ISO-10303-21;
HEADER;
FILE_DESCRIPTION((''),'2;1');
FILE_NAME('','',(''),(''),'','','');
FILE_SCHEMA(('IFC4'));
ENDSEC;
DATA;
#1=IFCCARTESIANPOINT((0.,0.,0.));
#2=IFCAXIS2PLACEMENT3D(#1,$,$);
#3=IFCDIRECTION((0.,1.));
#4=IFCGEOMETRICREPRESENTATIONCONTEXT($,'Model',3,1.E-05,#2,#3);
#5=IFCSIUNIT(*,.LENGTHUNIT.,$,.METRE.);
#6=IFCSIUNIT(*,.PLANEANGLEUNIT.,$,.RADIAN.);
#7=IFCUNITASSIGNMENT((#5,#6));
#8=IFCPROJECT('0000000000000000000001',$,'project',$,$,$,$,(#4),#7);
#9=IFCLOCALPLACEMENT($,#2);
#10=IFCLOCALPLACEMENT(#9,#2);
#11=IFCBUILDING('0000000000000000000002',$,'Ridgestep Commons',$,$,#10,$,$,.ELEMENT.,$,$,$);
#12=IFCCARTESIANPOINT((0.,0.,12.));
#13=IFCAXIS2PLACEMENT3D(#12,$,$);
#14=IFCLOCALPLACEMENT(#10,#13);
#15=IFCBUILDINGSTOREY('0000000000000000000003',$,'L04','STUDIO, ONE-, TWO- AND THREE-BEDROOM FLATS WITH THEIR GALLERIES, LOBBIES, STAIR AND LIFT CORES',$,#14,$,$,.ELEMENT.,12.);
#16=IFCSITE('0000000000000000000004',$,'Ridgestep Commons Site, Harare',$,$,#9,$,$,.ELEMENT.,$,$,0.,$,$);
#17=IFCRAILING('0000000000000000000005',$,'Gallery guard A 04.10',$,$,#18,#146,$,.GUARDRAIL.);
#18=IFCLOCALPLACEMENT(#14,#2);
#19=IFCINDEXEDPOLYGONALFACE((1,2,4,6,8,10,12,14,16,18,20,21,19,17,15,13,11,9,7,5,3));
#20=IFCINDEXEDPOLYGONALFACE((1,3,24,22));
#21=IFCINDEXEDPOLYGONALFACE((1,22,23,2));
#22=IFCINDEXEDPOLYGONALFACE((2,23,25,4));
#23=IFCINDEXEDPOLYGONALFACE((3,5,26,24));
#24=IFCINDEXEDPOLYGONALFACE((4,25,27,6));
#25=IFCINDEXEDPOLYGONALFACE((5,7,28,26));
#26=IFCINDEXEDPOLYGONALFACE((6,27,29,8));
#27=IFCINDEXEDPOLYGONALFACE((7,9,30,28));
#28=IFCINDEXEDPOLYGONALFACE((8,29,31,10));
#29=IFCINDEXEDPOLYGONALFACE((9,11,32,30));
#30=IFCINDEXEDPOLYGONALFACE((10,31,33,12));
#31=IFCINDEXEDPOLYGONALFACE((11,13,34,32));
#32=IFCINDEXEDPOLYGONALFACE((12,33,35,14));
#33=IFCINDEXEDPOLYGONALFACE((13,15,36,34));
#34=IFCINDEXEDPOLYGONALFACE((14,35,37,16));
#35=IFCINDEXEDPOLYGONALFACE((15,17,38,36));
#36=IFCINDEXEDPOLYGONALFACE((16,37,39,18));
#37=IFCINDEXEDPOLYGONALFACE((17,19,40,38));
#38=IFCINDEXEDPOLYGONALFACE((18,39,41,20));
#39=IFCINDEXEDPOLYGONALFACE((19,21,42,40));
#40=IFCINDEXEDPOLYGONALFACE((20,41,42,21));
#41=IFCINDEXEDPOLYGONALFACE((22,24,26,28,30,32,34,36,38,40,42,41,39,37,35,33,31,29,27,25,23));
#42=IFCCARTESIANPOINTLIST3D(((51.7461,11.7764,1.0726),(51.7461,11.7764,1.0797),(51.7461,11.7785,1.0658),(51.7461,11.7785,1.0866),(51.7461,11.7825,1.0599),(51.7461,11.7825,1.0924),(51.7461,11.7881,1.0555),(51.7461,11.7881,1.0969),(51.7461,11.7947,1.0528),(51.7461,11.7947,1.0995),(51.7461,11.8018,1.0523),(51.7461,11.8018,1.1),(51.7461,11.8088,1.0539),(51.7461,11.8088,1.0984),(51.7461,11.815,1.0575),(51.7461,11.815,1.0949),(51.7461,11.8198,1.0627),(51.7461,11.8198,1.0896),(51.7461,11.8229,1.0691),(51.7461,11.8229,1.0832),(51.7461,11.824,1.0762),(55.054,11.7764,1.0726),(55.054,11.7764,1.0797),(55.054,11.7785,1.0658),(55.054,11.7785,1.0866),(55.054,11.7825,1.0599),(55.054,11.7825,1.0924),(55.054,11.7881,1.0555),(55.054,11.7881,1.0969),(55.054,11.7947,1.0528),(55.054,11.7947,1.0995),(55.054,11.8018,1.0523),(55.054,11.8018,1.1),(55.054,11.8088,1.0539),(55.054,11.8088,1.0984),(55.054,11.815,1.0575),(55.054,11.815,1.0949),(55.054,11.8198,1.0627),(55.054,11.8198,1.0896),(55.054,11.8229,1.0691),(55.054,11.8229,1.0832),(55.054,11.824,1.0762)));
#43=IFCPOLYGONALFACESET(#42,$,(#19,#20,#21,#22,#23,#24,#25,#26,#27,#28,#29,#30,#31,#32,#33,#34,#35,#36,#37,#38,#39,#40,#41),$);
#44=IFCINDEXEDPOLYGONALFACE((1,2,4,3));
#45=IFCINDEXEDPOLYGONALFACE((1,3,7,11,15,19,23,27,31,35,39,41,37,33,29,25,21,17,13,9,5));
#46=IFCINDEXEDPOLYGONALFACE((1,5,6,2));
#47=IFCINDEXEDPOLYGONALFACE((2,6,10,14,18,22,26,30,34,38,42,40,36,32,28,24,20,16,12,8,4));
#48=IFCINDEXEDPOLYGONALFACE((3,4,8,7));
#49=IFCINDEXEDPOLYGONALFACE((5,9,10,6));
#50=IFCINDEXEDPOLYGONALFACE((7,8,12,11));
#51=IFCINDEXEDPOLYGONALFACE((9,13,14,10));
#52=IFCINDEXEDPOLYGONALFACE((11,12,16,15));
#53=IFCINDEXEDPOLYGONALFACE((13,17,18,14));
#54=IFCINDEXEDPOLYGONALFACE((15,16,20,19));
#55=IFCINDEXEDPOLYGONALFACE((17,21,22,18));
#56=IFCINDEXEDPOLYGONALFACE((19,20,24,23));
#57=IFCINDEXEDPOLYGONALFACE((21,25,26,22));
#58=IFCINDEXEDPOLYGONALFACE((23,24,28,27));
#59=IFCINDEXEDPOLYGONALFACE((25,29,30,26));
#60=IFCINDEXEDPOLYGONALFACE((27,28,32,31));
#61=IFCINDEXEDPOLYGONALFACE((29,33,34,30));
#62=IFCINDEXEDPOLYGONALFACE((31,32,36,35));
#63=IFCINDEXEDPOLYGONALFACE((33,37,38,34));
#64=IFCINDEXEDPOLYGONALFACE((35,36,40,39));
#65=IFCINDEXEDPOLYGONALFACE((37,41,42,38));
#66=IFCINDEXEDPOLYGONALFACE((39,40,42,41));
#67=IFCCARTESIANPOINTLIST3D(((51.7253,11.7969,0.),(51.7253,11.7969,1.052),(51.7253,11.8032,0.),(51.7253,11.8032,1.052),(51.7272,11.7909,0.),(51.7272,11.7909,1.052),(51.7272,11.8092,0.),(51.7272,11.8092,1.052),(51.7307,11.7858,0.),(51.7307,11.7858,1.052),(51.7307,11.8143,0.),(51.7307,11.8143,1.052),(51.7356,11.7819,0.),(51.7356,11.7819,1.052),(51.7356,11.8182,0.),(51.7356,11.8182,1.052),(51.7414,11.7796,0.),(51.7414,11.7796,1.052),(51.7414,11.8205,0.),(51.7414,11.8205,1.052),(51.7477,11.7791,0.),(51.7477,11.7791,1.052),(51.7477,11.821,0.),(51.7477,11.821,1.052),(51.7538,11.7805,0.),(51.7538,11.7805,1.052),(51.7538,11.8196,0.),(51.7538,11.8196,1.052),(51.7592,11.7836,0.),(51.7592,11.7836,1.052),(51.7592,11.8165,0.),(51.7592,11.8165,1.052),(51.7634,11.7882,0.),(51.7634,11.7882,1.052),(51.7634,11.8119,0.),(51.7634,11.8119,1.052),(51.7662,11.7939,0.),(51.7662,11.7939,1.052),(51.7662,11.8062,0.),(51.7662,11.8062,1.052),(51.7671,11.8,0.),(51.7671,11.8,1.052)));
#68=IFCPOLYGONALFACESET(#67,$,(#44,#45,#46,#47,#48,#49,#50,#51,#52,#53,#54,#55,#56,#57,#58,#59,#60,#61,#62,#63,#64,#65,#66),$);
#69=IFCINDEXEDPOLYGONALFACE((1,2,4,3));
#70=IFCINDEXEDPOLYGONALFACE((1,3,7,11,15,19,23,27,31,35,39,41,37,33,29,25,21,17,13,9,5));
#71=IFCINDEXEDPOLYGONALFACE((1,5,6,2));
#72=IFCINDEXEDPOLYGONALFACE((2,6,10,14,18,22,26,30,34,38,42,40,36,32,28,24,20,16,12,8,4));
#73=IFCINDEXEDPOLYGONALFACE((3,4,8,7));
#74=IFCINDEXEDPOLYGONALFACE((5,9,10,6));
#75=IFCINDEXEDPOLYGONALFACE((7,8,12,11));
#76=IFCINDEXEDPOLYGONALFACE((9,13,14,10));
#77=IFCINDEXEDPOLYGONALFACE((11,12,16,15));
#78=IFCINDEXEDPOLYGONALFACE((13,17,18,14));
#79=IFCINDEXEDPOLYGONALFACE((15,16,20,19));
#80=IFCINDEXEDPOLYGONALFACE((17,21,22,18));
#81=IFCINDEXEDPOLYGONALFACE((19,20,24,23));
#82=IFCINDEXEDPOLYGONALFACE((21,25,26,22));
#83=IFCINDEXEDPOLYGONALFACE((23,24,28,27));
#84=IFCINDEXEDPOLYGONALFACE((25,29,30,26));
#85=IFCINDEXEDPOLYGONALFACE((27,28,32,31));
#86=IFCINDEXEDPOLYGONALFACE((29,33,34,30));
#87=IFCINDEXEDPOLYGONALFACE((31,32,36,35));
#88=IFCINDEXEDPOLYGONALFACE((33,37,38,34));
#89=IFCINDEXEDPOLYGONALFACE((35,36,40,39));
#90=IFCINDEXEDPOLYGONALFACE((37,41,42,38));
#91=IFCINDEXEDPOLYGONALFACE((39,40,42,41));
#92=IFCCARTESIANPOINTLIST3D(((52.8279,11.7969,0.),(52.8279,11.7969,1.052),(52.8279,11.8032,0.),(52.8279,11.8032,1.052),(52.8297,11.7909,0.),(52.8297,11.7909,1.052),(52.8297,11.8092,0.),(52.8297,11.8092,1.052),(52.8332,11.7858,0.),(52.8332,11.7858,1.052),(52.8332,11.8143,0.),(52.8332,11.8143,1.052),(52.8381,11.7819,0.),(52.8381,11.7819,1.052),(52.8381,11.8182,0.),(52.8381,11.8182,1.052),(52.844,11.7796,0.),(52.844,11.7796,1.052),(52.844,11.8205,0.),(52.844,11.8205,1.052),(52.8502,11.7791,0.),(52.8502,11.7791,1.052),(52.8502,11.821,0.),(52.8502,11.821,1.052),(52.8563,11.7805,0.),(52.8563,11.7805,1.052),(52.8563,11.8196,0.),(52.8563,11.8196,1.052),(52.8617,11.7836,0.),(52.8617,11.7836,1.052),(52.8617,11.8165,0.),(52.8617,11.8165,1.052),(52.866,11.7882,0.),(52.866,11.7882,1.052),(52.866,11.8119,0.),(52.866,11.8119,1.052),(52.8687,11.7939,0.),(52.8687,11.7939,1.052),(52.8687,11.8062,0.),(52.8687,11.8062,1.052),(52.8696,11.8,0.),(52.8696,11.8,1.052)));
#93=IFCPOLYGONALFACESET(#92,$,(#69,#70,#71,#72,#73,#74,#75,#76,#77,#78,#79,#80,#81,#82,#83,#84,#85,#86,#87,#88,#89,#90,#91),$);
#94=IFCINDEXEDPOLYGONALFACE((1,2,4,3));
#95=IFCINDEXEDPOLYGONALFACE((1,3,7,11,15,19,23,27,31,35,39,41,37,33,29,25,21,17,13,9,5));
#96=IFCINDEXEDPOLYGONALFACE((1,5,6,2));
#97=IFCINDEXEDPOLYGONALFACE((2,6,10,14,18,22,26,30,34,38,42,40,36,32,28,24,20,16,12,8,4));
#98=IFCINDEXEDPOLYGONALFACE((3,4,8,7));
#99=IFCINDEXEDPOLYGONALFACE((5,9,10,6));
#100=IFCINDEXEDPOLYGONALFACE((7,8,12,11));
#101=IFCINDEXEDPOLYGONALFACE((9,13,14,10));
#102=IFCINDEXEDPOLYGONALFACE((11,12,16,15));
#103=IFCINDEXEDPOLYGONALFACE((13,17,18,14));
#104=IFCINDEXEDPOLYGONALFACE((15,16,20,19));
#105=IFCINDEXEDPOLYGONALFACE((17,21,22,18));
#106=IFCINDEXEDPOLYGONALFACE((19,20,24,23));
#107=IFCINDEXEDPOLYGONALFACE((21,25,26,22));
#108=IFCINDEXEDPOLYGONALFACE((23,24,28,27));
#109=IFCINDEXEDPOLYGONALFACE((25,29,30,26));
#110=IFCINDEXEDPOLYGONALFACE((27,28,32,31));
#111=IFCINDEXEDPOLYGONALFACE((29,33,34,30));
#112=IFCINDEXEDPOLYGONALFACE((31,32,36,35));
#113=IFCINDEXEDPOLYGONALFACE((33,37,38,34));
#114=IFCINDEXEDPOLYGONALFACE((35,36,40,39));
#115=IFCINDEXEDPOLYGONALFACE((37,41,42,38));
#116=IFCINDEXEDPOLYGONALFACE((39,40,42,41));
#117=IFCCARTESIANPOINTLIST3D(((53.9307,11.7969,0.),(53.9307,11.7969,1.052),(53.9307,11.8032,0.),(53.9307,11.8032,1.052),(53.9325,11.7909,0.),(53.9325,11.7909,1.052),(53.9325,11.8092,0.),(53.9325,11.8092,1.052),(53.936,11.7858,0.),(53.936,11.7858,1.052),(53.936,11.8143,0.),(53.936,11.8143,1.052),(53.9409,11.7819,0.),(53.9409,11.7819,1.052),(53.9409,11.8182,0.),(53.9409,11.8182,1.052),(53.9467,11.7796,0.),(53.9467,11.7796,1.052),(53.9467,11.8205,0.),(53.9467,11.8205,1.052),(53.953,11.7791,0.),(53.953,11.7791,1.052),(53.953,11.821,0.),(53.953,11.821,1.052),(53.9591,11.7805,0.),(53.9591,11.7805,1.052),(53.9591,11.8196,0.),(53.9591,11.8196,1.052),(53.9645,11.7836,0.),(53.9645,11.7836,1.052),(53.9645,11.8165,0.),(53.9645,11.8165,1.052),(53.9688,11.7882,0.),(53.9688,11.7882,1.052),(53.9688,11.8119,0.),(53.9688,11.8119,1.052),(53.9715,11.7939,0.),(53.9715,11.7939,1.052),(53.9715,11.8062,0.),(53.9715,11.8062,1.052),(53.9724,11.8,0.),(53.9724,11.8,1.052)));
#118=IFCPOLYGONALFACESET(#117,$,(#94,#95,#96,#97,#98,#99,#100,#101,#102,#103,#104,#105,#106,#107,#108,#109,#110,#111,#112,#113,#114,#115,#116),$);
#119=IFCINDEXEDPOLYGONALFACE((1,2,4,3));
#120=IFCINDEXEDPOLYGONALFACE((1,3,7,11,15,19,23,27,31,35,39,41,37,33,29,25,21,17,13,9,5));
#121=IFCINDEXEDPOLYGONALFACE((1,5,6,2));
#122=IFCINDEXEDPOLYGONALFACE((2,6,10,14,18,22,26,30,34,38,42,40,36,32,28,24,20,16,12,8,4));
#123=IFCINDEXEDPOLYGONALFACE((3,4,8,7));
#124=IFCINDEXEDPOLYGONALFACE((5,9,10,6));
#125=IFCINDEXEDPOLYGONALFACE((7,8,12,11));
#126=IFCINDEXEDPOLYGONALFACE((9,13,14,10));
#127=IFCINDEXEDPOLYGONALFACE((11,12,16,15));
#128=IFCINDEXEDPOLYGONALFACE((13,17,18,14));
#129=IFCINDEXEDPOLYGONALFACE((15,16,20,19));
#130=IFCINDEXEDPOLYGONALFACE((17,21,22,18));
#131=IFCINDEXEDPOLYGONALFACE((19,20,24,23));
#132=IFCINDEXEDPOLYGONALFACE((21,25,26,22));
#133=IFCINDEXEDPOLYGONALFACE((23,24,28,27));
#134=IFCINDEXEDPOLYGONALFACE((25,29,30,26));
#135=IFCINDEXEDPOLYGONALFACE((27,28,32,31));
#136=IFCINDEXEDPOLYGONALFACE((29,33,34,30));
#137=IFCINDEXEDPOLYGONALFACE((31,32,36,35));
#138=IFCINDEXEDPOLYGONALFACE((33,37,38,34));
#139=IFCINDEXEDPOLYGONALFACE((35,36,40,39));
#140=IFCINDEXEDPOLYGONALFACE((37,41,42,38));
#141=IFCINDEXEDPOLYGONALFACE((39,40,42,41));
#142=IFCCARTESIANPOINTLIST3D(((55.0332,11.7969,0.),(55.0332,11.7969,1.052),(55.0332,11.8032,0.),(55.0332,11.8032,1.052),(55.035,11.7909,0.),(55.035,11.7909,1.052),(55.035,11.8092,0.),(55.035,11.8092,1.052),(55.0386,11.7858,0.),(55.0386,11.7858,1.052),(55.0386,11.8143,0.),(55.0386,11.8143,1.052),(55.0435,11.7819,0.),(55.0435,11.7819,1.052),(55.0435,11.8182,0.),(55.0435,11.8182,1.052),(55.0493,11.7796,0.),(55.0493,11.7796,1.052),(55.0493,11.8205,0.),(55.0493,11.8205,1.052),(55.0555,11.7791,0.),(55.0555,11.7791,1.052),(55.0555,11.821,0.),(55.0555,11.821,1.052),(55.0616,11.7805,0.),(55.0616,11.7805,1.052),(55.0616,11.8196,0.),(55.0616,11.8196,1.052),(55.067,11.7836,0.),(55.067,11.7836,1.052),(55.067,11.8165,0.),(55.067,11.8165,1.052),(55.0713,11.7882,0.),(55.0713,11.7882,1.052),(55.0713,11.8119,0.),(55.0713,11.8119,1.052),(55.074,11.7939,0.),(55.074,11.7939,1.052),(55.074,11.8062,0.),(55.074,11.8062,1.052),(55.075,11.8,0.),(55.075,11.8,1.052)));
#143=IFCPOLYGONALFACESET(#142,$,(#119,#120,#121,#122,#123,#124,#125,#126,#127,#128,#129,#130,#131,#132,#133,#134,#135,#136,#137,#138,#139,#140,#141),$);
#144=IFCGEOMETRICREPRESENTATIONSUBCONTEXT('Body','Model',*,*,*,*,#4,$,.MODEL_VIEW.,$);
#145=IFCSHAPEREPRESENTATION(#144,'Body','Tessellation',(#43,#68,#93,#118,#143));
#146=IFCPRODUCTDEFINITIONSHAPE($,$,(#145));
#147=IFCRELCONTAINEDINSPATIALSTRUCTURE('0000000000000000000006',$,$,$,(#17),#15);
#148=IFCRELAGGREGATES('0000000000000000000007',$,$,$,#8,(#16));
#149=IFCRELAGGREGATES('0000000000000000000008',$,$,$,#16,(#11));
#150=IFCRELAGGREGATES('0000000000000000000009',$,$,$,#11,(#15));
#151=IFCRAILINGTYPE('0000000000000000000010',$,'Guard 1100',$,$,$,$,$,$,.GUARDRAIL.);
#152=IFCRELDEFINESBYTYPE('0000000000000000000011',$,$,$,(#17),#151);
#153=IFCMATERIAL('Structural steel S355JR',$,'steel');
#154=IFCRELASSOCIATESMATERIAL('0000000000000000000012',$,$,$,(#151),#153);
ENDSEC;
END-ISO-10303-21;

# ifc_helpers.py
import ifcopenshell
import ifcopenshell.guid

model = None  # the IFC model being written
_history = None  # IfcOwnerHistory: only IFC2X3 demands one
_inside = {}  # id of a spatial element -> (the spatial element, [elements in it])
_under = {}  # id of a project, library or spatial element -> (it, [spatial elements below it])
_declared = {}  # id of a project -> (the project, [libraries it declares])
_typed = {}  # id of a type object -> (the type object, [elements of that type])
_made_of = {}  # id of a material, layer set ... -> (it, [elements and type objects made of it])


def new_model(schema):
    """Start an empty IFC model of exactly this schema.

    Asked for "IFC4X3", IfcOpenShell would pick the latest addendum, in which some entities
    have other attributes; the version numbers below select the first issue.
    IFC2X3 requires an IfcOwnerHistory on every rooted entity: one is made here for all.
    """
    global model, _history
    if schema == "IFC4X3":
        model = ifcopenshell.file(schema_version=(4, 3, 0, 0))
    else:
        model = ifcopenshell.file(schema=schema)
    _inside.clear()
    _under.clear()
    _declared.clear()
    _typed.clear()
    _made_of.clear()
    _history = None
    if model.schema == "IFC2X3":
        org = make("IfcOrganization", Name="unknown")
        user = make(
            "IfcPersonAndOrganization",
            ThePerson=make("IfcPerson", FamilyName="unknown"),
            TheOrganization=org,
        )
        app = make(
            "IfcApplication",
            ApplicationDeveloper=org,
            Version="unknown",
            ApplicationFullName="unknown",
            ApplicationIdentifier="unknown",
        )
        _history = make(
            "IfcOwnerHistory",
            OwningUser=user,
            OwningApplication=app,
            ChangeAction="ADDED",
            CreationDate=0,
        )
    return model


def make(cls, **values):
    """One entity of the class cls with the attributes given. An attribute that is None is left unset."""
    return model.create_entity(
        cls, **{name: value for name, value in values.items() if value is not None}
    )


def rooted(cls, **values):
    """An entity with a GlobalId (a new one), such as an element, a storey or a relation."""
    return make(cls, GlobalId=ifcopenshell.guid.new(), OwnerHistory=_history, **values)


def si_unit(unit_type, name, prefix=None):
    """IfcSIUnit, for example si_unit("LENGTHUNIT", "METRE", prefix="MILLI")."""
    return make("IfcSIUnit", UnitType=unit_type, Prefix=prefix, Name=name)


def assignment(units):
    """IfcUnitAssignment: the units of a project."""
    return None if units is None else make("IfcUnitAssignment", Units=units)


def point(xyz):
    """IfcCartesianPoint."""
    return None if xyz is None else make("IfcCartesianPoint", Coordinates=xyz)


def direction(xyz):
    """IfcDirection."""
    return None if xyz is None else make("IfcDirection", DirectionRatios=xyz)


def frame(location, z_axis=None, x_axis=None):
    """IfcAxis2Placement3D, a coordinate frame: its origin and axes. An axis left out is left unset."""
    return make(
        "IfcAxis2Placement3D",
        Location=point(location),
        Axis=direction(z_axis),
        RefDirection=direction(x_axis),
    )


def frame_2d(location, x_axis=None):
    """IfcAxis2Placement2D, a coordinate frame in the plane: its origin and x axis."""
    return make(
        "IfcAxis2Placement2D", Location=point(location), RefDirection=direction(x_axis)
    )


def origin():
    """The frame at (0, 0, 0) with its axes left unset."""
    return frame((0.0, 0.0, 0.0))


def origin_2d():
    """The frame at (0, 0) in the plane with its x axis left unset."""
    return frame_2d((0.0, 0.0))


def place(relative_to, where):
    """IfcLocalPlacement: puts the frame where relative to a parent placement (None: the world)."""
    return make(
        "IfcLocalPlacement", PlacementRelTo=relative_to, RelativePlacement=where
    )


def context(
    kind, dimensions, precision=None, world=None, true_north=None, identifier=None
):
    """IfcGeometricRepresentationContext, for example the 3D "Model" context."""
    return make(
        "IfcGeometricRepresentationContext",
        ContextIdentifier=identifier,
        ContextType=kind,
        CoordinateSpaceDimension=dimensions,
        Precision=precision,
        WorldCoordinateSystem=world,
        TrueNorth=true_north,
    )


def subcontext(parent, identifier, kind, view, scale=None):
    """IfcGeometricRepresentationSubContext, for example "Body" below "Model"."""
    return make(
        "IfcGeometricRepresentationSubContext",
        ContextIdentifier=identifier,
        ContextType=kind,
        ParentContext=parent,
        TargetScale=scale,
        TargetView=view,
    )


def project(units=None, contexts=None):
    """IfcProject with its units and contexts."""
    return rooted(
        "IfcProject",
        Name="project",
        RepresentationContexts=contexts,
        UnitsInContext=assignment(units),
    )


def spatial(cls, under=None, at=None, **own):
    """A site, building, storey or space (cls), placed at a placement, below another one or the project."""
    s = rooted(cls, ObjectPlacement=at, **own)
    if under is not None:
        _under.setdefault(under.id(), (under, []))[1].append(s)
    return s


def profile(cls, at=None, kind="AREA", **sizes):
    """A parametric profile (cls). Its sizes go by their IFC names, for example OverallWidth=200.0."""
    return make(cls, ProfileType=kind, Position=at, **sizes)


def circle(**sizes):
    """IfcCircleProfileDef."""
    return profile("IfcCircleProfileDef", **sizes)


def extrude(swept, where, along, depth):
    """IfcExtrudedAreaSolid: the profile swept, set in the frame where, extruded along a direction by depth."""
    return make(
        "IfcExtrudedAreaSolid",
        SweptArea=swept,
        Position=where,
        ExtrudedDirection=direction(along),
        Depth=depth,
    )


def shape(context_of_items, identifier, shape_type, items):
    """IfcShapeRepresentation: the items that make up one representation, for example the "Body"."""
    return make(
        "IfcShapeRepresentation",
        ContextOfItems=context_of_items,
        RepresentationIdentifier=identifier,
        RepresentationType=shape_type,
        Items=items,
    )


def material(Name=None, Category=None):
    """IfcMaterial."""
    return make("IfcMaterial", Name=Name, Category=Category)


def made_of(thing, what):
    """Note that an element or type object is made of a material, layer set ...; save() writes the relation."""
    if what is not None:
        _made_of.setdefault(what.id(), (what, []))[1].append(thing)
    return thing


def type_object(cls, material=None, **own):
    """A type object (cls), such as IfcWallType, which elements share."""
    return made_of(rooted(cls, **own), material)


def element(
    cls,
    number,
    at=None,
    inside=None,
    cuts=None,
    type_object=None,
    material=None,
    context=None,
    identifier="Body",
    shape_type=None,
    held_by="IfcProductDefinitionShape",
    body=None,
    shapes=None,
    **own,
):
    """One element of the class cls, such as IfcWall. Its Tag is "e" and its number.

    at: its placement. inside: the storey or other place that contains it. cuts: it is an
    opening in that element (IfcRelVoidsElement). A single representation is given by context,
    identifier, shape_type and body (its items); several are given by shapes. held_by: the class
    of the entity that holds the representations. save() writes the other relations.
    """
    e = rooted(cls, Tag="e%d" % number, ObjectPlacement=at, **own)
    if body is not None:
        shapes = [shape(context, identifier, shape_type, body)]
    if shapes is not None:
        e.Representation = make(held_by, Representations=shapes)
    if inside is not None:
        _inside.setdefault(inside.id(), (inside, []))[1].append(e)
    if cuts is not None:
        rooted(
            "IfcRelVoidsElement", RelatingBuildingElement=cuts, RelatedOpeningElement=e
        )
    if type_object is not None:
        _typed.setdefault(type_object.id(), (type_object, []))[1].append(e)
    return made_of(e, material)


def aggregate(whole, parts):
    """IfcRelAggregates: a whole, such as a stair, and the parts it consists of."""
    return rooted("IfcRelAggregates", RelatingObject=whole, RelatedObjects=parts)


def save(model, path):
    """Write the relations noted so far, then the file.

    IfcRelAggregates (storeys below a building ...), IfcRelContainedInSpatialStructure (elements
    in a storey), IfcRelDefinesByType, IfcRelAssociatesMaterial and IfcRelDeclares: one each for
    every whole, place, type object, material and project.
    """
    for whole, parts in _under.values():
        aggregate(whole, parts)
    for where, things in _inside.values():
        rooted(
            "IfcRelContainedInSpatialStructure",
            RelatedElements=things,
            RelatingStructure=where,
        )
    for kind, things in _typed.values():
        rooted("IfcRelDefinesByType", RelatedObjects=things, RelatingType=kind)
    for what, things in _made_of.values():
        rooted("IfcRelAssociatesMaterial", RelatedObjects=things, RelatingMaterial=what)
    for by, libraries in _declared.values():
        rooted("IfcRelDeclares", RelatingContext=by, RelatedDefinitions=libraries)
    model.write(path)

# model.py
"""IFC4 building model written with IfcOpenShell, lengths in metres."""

from ifc_helpers import new_model, si_unit, direction, frame, origin, origin_2d, place, context, subcontext, project, spatial, circle, extrude, material, type_object, element, save


model = new_model("IFC4")

# Units and contexts
model_context = context("Model", 3, precision=1e-05, world=origin(), true_north=direction((0.0, 1.0)))
body_context = subcontext(model_context, "Body", "Model", "MODEL_VIEW")
ifc_project = project(units=[si_unit("LENGTHUNIT", "METRE"), si_unit("PLANEANGLEUNIT", "RADIAN")], contexts=[model_context])

# Site, building, storey
site_placement = place(None, origin())
site = spatial("IfcSite", under=ifc_project, at=site_placement, Name="Ridgestep Commons Site, Harare", CompositionType="ELEMENT", RefElevation=0.0)
building_placement = place(site_placement, origin())
building = spatial("IfcBuilding", under=site, at=building_placement, Name="Ridgestep Commons", CompositionType="ELEMENT")
storey_placement = place(building_placement, frame((0.0, 0.0, 12.0)))
storey = spatial("IfcBuildingStorey", under=building, at=storey_placement, Name="L04", Description="STUDIO, ONE-, TWO- AND THREE-BEDROOM FLATS WITH THEIR GALLERIES, LOBBIES, STAIR AND LIFT CORES", CompositionType="ELEMENT", Elevation=12.0)

# Railing
ifc_material_1 = material(Name="Structural steel S355JR", Category="steel")
railing_type = type_object("IfcRailingType", Name="Guard 1100", PredefinedType="GUARDRAIL", material=ifc_material_1)
railing_1_placement = place(storey_placement, frame((51.7461, 11.8, 0.0)))
element("IfcRailing", 1, at=railing_1_placement, inside=storey, type_object=railing_type, Name="Gallery guard A 04.10", PredefinedType="GUARDRAIL", context=body_context, shape_type="SweptSolid", body=[
    extrude(circle(Radius=0.0239, at=origin_2d()), frame((0.0, 0.0, 1.0762), z_axis=(1.0, 0.0, 0.0), x_axis=(0.0, 1.0, 0.0)), (0.0, 0.0, 1.0), 3.3079),
    extrude(circle(Radius=0.021, at=origin_2d()), origin(), (0.0, 0.0, 1.0), 1.052),
    extrude(circle(Radius=0.021, at=origin_2d()), frame((1.1025, 0.0, 0.0)), (0.0, 0.0, 1.0), 1.052),
    extrude(circle(Radius=0.021, at=origin_2d()), frame((2.2053, 0.0, 0.0)), (0.0, 0.0, 1.0), 1.052),
    extrude(circle(Radius=0.021, at=origin_2d()), frame((3.3079, 0.0, 0.0)), (0.0, 0.0, 1.0), 1.052),
])

save(model, "model.ifc")
